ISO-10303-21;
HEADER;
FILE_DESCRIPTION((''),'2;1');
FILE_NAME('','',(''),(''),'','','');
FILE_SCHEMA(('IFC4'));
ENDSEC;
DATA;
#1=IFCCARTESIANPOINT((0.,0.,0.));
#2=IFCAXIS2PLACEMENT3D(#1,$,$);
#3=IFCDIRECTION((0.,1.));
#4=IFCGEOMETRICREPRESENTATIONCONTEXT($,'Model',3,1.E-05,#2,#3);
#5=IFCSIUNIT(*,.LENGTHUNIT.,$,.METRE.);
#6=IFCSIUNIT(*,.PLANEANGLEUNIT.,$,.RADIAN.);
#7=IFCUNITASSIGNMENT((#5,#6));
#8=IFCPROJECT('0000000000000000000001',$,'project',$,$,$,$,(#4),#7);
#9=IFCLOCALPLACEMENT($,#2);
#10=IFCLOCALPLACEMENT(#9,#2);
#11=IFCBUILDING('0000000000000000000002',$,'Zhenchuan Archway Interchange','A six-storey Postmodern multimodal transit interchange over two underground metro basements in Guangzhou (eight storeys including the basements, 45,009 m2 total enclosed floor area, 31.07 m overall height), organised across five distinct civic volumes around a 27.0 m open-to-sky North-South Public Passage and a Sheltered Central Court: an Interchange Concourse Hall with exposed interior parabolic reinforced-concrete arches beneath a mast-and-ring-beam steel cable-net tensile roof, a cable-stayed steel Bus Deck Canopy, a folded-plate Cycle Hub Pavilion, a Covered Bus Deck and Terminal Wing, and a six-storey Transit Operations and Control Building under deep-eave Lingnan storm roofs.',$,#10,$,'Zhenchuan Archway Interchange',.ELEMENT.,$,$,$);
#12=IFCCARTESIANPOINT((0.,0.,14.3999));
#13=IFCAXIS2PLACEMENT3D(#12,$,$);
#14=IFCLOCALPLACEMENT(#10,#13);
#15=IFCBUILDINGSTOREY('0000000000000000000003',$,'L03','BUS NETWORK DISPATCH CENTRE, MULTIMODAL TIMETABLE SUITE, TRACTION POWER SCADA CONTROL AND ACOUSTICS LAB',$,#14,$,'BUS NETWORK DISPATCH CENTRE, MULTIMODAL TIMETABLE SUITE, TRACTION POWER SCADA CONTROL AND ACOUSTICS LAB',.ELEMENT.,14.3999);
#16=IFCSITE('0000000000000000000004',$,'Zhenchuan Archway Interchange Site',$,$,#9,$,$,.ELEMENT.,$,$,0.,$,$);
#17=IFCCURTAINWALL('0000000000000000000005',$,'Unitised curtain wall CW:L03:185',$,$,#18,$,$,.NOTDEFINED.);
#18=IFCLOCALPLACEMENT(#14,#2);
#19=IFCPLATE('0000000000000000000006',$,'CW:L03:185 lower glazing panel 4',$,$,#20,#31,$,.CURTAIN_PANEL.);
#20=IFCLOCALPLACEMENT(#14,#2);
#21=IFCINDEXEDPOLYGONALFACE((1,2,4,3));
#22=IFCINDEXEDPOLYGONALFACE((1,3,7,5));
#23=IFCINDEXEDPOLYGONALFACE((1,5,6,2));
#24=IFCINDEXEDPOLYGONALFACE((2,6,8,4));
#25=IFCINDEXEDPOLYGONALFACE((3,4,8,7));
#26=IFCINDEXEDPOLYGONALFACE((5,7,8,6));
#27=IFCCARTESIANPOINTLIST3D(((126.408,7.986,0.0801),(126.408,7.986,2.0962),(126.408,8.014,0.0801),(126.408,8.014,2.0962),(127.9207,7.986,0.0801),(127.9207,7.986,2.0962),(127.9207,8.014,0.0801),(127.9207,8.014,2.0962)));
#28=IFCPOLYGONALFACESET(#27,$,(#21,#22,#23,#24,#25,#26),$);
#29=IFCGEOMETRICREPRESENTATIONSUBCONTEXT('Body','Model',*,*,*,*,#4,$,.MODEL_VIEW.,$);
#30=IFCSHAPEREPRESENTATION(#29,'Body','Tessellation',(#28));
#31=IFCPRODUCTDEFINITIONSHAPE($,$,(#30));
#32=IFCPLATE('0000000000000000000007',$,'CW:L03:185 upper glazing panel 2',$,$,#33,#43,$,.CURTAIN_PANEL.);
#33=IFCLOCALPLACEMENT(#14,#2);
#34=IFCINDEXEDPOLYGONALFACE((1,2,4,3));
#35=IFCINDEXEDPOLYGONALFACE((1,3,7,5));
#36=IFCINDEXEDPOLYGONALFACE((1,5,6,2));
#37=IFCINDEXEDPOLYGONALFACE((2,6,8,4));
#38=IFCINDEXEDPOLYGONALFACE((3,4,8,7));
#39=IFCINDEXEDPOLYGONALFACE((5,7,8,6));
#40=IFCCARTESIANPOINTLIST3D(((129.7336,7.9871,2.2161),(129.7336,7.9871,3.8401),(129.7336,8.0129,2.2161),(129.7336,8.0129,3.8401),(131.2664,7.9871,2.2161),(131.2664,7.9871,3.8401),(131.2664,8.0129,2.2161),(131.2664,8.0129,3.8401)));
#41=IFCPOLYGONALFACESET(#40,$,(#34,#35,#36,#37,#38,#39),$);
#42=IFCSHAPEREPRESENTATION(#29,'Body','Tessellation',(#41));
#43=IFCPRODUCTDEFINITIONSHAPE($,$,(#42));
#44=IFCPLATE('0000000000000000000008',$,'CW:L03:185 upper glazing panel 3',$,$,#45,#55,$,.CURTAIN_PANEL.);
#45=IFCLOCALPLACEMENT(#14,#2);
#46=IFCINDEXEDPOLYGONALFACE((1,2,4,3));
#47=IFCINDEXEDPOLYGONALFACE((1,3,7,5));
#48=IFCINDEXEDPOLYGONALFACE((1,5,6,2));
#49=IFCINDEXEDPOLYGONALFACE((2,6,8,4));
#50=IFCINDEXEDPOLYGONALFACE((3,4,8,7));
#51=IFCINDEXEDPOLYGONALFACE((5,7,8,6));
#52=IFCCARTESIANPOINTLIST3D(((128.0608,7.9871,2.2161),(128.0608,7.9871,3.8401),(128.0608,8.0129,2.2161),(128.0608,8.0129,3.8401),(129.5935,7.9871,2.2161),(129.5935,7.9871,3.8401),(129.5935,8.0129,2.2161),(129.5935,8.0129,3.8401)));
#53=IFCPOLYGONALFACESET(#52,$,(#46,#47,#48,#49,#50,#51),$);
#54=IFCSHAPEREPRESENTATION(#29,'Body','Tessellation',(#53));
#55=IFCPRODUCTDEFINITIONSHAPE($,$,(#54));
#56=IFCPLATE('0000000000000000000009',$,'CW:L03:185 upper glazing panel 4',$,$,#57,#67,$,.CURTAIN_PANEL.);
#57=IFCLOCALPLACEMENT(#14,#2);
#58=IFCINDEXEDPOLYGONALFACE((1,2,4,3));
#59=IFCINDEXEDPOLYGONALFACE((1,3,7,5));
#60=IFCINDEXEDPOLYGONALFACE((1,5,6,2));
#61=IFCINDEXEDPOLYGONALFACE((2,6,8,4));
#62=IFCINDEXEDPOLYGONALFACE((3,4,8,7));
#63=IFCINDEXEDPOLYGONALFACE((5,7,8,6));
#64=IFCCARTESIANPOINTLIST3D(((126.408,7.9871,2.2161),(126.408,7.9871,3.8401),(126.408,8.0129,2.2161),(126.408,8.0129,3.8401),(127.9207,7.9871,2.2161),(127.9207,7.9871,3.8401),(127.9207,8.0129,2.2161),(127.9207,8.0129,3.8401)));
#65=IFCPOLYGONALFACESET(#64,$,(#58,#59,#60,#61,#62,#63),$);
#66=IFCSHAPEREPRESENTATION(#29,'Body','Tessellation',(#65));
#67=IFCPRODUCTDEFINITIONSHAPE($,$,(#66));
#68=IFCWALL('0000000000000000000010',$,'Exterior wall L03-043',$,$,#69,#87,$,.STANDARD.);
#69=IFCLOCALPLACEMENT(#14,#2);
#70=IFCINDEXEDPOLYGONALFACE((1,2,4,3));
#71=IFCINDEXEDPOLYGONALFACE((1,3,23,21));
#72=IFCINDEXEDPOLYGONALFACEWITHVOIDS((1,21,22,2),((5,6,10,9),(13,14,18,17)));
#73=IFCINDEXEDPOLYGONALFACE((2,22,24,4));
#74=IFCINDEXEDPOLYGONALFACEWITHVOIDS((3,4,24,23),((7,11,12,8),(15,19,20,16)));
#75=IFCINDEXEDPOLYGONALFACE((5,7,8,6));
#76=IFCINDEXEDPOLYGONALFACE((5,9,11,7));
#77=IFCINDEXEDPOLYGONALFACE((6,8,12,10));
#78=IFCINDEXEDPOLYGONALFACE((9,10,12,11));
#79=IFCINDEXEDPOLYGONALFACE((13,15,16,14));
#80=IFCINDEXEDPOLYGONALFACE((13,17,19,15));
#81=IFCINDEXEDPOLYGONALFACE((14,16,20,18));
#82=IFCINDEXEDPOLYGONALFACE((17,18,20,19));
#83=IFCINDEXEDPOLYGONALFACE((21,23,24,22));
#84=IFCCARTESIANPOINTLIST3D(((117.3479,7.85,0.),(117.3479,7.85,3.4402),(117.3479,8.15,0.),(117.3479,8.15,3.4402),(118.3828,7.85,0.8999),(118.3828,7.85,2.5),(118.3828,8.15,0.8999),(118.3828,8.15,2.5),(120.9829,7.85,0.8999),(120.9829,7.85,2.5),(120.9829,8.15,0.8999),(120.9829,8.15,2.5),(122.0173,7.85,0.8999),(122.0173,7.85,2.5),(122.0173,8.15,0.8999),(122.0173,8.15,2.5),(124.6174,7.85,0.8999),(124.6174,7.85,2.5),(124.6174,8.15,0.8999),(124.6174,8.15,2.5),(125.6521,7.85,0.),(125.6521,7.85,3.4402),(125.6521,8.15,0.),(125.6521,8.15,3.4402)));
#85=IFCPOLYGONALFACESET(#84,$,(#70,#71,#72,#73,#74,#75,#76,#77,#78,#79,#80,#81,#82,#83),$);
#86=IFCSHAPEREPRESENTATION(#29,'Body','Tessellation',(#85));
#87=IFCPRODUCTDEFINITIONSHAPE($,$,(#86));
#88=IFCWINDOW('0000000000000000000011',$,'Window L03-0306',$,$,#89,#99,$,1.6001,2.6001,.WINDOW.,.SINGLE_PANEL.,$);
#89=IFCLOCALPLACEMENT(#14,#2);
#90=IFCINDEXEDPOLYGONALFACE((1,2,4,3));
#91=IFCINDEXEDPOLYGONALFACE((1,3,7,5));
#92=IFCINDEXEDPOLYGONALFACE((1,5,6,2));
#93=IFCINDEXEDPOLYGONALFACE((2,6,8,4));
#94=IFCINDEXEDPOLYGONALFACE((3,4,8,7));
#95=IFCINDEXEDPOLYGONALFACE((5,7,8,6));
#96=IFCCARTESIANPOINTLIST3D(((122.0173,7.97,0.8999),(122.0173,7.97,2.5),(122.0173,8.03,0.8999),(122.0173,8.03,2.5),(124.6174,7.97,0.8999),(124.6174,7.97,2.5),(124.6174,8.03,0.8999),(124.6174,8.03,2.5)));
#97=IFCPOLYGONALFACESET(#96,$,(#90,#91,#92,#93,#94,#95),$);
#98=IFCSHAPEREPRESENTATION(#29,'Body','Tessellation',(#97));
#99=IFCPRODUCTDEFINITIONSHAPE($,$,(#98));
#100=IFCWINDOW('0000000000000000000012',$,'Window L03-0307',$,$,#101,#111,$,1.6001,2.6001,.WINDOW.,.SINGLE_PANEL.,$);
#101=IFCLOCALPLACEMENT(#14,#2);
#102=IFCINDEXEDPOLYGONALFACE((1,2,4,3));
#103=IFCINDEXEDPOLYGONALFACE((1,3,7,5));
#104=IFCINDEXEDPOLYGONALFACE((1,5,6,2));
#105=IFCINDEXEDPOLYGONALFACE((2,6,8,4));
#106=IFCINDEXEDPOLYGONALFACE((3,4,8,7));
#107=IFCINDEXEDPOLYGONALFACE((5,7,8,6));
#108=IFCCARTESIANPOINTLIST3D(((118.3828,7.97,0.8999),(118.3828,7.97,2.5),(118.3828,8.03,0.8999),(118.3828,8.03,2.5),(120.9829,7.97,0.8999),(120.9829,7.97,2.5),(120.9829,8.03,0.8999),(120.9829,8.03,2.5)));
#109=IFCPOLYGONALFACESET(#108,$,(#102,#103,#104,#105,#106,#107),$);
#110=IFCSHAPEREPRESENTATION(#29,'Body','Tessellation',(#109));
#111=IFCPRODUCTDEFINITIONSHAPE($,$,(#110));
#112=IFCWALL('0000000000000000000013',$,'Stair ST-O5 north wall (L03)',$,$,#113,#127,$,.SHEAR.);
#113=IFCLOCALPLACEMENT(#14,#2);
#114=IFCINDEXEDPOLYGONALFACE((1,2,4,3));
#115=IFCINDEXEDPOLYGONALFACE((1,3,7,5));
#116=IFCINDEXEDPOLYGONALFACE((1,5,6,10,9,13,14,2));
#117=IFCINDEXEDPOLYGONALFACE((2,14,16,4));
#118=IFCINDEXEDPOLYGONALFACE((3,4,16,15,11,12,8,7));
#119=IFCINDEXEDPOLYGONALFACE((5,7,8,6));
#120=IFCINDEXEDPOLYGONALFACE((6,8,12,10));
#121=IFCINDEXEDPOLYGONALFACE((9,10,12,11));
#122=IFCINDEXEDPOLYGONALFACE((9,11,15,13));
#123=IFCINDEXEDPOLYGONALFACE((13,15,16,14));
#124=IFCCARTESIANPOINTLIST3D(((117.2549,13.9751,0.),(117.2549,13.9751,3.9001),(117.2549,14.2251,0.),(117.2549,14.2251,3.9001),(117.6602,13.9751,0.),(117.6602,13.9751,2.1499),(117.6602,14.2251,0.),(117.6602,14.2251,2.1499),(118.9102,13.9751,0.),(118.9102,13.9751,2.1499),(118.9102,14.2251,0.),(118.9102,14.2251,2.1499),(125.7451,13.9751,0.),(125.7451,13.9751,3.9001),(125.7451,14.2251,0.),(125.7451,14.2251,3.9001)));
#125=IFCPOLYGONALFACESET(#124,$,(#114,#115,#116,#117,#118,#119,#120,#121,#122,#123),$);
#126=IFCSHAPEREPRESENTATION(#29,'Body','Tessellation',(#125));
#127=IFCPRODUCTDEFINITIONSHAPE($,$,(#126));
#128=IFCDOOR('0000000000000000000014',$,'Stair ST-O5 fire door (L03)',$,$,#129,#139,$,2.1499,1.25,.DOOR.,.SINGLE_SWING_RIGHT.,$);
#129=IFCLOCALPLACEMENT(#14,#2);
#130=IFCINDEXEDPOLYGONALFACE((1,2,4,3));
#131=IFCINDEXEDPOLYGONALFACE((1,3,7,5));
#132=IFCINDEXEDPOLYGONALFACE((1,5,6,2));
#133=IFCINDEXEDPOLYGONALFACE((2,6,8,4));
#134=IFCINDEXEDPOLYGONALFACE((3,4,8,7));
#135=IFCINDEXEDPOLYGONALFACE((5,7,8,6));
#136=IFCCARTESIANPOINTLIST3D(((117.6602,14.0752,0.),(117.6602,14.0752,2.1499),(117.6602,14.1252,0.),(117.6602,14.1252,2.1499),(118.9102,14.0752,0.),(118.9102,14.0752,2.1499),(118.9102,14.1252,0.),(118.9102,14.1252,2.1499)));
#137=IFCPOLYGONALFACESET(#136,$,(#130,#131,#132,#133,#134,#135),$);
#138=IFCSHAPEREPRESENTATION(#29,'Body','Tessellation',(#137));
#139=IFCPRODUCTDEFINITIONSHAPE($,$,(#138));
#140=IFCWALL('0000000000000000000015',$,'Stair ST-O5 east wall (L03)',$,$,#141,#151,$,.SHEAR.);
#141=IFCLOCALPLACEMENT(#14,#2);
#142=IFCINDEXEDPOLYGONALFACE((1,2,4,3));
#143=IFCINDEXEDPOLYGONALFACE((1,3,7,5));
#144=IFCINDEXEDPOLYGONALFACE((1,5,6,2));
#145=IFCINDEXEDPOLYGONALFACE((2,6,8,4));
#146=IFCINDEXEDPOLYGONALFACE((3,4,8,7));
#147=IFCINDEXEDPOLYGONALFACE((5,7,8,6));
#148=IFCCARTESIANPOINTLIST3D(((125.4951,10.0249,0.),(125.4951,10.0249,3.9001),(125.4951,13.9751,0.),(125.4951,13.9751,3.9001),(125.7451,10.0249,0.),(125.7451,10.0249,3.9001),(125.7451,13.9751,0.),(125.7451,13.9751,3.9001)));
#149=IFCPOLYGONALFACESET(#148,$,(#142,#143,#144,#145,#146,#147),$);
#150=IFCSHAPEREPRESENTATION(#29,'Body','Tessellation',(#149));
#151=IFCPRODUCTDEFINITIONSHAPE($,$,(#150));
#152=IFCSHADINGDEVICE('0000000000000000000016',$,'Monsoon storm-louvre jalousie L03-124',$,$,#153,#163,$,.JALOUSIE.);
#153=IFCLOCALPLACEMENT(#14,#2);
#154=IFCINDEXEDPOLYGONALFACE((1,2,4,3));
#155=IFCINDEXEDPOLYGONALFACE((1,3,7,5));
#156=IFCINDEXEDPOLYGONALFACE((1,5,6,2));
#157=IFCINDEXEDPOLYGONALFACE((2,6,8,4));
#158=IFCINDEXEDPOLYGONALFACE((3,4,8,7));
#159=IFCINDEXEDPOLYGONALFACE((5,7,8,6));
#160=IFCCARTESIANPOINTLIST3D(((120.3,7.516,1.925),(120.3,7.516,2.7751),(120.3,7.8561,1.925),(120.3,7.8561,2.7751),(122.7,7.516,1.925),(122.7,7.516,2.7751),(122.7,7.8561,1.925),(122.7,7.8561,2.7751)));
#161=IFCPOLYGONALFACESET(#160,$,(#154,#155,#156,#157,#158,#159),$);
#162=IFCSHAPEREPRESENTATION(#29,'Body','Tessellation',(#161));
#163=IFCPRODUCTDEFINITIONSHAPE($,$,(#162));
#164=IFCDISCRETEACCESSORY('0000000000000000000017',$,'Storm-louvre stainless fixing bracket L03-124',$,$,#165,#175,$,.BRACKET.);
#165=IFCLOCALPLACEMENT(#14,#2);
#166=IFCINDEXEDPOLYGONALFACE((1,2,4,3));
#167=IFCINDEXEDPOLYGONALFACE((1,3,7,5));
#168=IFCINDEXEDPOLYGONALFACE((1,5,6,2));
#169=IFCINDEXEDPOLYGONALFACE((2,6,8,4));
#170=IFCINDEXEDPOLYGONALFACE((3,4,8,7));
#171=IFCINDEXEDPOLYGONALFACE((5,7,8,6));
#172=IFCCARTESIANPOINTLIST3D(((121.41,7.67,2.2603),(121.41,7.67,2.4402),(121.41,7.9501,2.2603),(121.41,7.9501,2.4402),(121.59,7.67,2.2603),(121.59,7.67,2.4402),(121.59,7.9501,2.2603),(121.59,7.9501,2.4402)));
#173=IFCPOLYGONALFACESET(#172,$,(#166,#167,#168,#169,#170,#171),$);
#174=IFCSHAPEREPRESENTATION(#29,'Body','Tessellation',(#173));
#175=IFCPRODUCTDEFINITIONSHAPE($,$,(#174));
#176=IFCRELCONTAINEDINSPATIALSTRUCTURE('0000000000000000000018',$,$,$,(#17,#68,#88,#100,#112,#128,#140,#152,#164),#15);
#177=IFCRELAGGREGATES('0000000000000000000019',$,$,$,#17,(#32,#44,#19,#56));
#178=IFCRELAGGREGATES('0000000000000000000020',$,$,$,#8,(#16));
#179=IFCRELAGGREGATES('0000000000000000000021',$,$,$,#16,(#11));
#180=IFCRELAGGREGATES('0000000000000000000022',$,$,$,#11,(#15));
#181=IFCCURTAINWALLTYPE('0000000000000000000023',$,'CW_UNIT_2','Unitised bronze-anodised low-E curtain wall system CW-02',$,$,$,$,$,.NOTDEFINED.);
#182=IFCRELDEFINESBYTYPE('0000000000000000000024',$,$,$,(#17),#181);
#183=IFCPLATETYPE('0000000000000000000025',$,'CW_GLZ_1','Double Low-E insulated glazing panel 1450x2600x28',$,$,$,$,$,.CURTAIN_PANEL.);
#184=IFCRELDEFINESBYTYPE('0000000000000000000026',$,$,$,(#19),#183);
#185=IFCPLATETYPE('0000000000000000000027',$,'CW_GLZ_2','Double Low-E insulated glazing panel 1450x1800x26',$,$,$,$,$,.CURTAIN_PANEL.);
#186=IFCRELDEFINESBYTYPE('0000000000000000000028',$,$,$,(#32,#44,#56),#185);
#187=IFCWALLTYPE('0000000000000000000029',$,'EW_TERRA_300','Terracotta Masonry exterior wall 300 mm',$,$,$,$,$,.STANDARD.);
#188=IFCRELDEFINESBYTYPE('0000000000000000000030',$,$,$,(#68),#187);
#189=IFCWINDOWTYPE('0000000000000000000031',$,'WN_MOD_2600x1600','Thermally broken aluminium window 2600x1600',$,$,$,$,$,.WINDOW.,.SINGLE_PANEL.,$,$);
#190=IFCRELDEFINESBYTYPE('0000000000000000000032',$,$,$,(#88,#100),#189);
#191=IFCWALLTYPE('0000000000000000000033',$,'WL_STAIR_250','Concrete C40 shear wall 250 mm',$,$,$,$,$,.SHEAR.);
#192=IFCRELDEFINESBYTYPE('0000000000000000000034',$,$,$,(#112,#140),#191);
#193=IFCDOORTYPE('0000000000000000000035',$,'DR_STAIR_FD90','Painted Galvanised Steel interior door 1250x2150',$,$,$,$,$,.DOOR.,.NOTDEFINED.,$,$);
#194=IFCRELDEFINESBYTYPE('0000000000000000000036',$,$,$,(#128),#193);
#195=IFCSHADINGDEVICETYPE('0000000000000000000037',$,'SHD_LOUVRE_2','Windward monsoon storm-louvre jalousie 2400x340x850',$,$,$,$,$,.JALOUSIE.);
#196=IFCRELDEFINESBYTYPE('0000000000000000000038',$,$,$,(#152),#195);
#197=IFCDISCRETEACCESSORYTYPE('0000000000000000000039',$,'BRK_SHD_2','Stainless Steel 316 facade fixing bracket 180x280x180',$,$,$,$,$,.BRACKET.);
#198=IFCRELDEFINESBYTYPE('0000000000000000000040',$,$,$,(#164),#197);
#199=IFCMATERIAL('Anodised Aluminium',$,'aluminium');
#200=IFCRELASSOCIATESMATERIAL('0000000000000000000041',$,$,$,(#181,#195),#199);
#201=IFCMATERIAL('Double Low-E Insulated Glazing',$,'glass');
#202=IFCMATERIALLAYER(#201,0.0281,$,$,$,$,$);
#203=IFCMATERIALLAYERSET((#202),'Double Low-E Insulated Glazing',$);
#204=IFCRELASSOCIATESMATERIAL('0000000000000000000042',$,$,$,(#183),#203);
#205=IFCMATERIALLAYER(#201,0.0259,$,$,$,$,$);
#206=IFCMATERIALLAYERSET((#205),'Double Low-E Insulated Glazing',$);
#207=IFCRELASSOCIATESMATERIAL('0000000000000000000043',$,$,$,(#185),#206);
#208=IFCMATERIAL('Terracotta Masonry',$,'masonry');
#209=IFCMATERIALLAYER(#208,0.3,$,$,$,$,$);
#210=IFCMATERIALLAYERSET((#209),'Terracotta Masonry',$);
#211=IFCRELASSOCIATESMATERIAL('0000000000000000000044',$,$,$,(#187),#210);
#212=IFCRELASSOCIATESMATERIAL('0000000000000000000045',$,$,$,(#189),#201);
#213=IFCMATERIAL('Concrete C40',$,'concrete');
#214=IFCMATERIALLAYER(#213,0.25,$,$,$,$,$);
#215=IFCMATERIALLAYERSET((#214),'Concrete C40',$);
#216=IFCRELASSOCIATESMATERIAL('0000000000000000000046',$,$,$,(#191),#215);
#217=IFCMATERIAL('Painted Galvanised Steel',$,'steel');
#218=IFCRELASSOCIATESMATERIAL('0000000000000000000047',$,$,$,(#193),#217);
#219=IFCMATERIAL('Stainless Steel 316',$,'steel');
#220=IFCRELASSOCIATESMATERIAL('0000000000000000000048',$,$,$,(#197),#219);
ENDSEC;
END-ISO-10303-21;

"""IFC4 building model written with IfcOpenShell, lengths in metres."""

from ifc_helpers import new_model, si_unit, direction, frame, frame_2d, origin, origin_2d, place, context, subcontext, project, spatial, rectangle, extrude, material, layer, layer_set, type_object, element, fill, aggregate, save


model = new_model("IFC4")

# Units and contexts
model_context = context("Model", 3, precision=1e-05, world=origin(), true_north=direction((0.0, 1.0)))
body_context = subcontext(model_context, "Body", "Model", "MODEL_VIEW")
ifc_project = project(units=[si_unit("LENGTHUNIT", "METRE"), si_unit("PLANEANGLEUNIT", "RADIAN")], contexts=[model_context])

# Site, building, storey
site_placement = place(None, origin())
site = spatial("IfcSite", under=ifc_project, at=site_placement, Name="Zhenchuan Archway Interchange Site", CompositionType="ELEMENT", RefElevation=0.0)
building_placement = place(site_placement, origin())
building = spatial("IfcBuilding", under=site, at=building_placement, Name="Zhenchuan Archway Interchange", Description="A six-storey Postmodern multimodal transit interchange over two underground metro basements in Guangzhou (eight storeys including the basements, 45,009 m2 total enclosed floor area, 31.07 m overall height), organised across five distinct civic volumes around a 27.0 m open-to-sky North-South Public Passage and a Sheltered Central Court: an Interchange Concourse Hall with exposed interior parabolic reinforced-concrete arches beneath a mast-and-ring-beam steel cable-net tensile roof, a cable-stayed steel Bus Deck Canopy, a folded-plate Cycle Hub Pavilion, a Covered Bus Deck and Terminal Wing, and a six-storey Transit Operations and Control Building under deep-eave Lingnan storm roofs.", LongName="Zhenchuan Archway Interchange", CompositionType="ELEMENT")
storey_placement = place(building_placement, frame((0.0, 0.0, 14.3999)))
storey = spatial("IfcBuildingStorey", under=building, at=storey_placement, Name="L03", Description="BUS NETWORK DISPATCH CENTRE, MULTIMODAL TIMETABLE SUITE, TRACTION POWER SCADA CONTROL AND ACOUSTICS LAB", LongName="BUS NETWORK DISPATCH CENTRE, MULTIMODAL TIMETABLE SUITE, TRACTION POWER SCADA CONTROL AND ACOUSTICS LAB", CompositionType="ELEMENT", Elevation=14.3999)

# Shared definitions
ifc_material_1 = material(Name="Concrete C40", Category="concrete")

# Curtain wall
ifc_material_2 = material(Name="Anodised Aluminium", Category="aluminium")
curtain_wall_type = type_object("IfcCurtainWallType", Name="CW_UNIT_2", Description="Unitised bronze-anodised low-E curtain wall system CW-02", PredefinedType="NOTDEFINED", material=ifc_material_2)
curtain_wall_placement = place(storey_placement, origin())
curtain_wall = element("IfcCurtainWall", 1, at=curtain_wall_placement, inside=storey, type_object=curtain_wall_type, Name="Unitised curtain wall CW:L03:185", PredefinedType="NOTDEFINED")

# Plates
ifc_material_3 = material(Name="Double Low-E Insulated Glazing", Category="glass")
ifc_layer_1 = layer(ifc_material_3, 0.0281)
ifc_layer_set_1 = layer_set([ifc_layer_1], Name="Double Low-E Insulated Glazing")
plate_type_1 = type_object("IfcPlateType", Name="CW_GLZ_1", Description="Double Low-E insulated glazing panel 1450x2600x28", PredefinedType="CURTAIN_PANEL", material=ifc_layer_set_1)
plate_1_placement = place(storey_placement, frame((127.1643, 8.0, 0.0801), z_axis=(0.0, 0.0, 1.0), x_axis=(-1.0, 0.0, 0.0)))
plate_1 = element("IfcPlate", 2, at=plate_1_placement, type_object=plate_type_1, Name="CW:L03:185 lower glazing panel 4", PredefinedType="CURTAIN_PANEL", context=body_context, shape_type="SweptSolid", body=[
    extrude(rectangle(XDim=1.5127, YDim=0.0281, at=origin_2d()), origin(), (0.0, 0.0, 1.0), 2.0161),
])
ifc_layer_2 = layer(ifc_material_3, 0.0259)
ifc_layer_set_2 = layer_set([ifc_layer_2], Name="Double Low-E Insulated Glazing")
plate_type_2 = type_object("IfcPlateType", Name="CW_GLZ_2", Description="Double Low-E insulated glazing panel 1450x1800x26", PredefinedType="CURTAIN_PANEL", material=ifc_layer_set_2)
plate_2_placement = place(storey_placement, frame((130.5, 8.0, 2.2161), z_axis=(0.0, 0.0, 1.0), x_axis=(-1.0, 0.0, 0.0)))
plate_2 = element("IfcPlate", 3, at=plate_2_placement, type_object=plate_type_2, Name="CW:L03:185 upper glazing panel 2", PredefinedType="CURTAIN_PANEL", context=body_context, shape_type="SweptSolid", body=[
    extrude(rectangle(XDim=1.5327, YDim=0.0259, at=origin_2d()), origin(), (0.0, 0.0, 1.0), 1.624),
])
plate_3_placement = place(storey_placement, frame((128.8271, 8.0, 2.2161), z_axis=(0.0, 0.0, 1.0), x_axis=(-1.0, 0.0, 0.0)))
plate_3 = element("IfcPlate", 4, at=plate_3_placement, type_object=plate_type_2, Name="CW:L03:185 upper glazing panel 3", PredefinedType="CURTAIN_PANEL", context=body_context, shape_type="SweptSolid", body=[
    extrude(rectangle(XDim=1.5327, YDim=0.0259, at=origin_2d()), origin(), (0.0, 0.0, 1.0), 1.624),
])
plate_4_placement = place(storey_placement, frame((127.1643, 8.0, 2.2161), z_axis=(0.0, 0.0, 1.0), x_axis=(-1.0, 0.0, 0.0)))
plate_4 = element("IfcPlate", 5, at=plate_4_placement, type_object=plate_type_2, Name="CW:L03:185 upper glazing panel 4", PredefinedType="CURTAIN_PANEL", context=body_context, shape_type="SweptSolid", body=[
    extrude(rectangle(XDim=1.5127, YDim=0.0259, at=origin_2d()), origin(), (0.0, 0.0, 1.0), 1.624),
])
aggregate(curtain_wall, [plate_2, plate_3, plate_1, plate_4])

# Wall, openings, windows
ifc_material_4 = material(Name="Terracotta Masonry", Category="masonry")
ifc_layer_3 = layer(ifc_material_4, 0.3)
ifc_layer_set_3 = layer_set([ifc_layer_3], Name="Terracotta Masonry")
wall_type_1 = type_object("IfcWallType", Name="EW_TERRA_300", Description="Terracotta Masonry exterior wall 300 mm", PredefinedType="STANDARD", material=ifc_layer_set_3)
wall_1_placement = place(storey_placement, frame((125.6521, 8.0, 0.0), z_axis=(0.0, 0.0, 1.0), x_axis=(-1.0, 0.0, 0.0)))
wall_1 = element("IfcWall", 6, at=wall_1_placement, inside=storey, type_object=wall_type_1, Name="Exterior wall L03-043", PredefinedType="STANDARD", context=body_context, shape_type="SweptSolid", body=[
    extrude(rectangle(XDim=8.3042, YDim=0.3, at=frame_2d((4.1521, 0.0))), origin(), (0.0, 0.0, 1.0), 3.4402),
])
opening_1_placement = place(wall_1_placement, frame((1.0347, 0.0, 0.8999)))
opening_1 = element("IfcOpeningElement", 7, at=opening_1_placement, cuts=wall_1, PredefinedType="OPENING", context=body_context, shape_type="SweptSolid", body=[
    extrude(rectangle(XDim=2.6001, YDim=1.6001, at=frame_2d((1.3, 0.8))), frame((0.0, 0.1621, 0.0), z_axis=(0.0, -1.0, 0.0), x_axis=(1.0, 0.0, 0.0)), (0.0, 0.0, 1.0), 0.324),
])
opening_2_placement = place(wall_1_placement, frame((4.6692, 0.0, 0.8999)))
opening_2 = element("IfcOpeningElement", 8, at=opening_2_placement, cuts=wall_1, PredefinedType="OPENING", context=body_context, shape_type="SweptSolid", body=[
    extrude(rectangle(XDim=2.6001, YDim=1.6001, at=frame_2d((1.3, 0.8))), frame((0.0, 0.1621, 0.0), z_axis=(0.0, -1.0, 0.0), x_axis=(1.0, 0.0, 0.0)), (0.0, 0.0, 1.0), 0.324),
])
window_type = type_object("IfcWindowType", Name="WN_MOD_2600x1600", Description="Thermally broken aluminium window 2600x1600", PartitioningType="SINGLE_PANEL", PredefinedType="WINDOW", material=ifc_material_3)
window_1_placement = place(opening_1_placement, origin())
window_1 = element("IfcWindow", 9, at=window_1_placement, inside=storey, type_object=window_type, Name="Window L03-0306", OverallHeight=1.6001, OverallWidth=2.6001, PartitioningType="SINGLE_PANEL", PredefinedType="WINDOW", context=body_context, shape_type="SweptSolid", body=[
    extrude(rectangle(XDim=2.6001, YDim=1.6001, at=frame_2d((1.3, 0.8))), frame((0.0, 0.03, 0.0), z_axis=(0.0, -1.0, 0.0), x_axis=(1.0, 0.0, 0.0)), (0.0, 0.0, 1.0), 0.0601),
])
fill(opening_1, window_1)
window_2_placement = place(opening_2_placement, origin())
window_2 = element("IfcWindow", 10, at=window_2_placement, inside=storey, type_object=window_type, Name="Window L03-0307", OverallHeight=1.6001, OverallWidth=2.6001, PartitioningType="SINGLE_PANEL", PredefinedType="WINDOW", context=body_context, shape_type="SweptSolid", body=[
    extrude(rectangle(XDim=2.6001, YDim=1.6001, at=frame_2d((1.3, 0.8))), frame((0.0, 0.03, 0.0), z_axis=(0.0, -1.0, 0.0), x_axis=(1.0, 0.0, 0.0)), (0.0, 0.0, 1.0), 0.0601),
])
fill(opening_2, window_2)

# Wall, opening, door
ifc_layer_4 = layer(ifc_material_1, 0.25)
ifc_layer_set_4 = layer_set([ifc_layer_4], Name="Concrete C40")
wall_type_2 = type_object("IfcWallType", Name="WL_STAIR_250", Description="Concrete C40 shear wall 250 mm", PredefinedType="SHEAR", material=ifc_layer_set_4)
wall_2_placement = place(storey_placement, frame((125.7451, 14.1001, 0.0), z_axis=(0.0, 0.0, 1.0), x_axis=(-1.0, 0.0, 0.0)))
wall_2 = element("IfcWall", 11, at=wall_2_placement, inside=storey, type_object=wall_type_2, Name="Stair ST-O5 north wall (L03)", PredefinedType="SHEAR", context=body_context, shape_type="SweptSolid", body=[
    extrude(rectangle(XDim=8.4902, YDim=0.25, at=frame_2d((4.2451, 0.0))), origin(), (0.0, 0.0, 1.0), 3.9001),
])
opening_3_placement = place(wall_2_placement, frame((6.835, 0.0, 0.0)))
opening_3 = element("IfcOpeningElement", 12, at=opening_3_placement, cuts=wall_2, PredefinedType="OPENING", context=body_context, shape_type="SweptSolid", body=[
    extrude(rectangle(XDim=1.25, YDim=2.1499, at=frame_2d((0.625, 1.075))), frame((0.0, 0.137, 0.0), z_axis=(0.0, -1.0, 0.0), x_axis=(1.0, 0.0, 0.0)), (0.0, 0.0, 1.0), 0.2739),
])
ifc_material_5 = material(Name="Painted Galvanised Steel", Category="steel")
door_type = type_object("IfcDoorType", Name="DR_STAIR_FD90", Description="Painted Galvanised Steel interior door 1250x2150", OperationType="NOTDEFINED", PredefinedType="DOOR", material=ifc_material_5)
door_placement = place(opening_3_placement, origin())
door = element("IfcDoor", 13, at=door_placement, inside=storey, type_object=door_type, Name="Stair ST-O5 fire door (L03)", OperationType="SINGLE_SWING_RIGHT", OverallHeight=2.1499, OverallWidth=1.25, PredefinedType="DOOR", context=body_context, shape_type="SweptSolid", body=[
    extrude(rectangle(XDim=1.25, YDim=2.1499, at=frame_2d((0.625, 1.075))), frame((0.0, 0.0249, 0.0), z_axis=(0.0, -1.0, 0.0), x_axis=(1.0, 0.0, 0.0)), (0.0, 0.0, 1.0), 0.05),
])
fill(opening_3, door)

# Wall
wall_3_placement = place(storey_placement, frame((125.6201, 10.0249, 0.0), z_axis=(0.0, 0.0, 1.0), x_axis=(0.0, 1.0, 0.0)))
element("IfcWall", 14, at=wall_3_placement, inside=storey, type_object=wall_type_2, Name="Stair ST-O5 east wall (L03)", PredefinedType="SHEAR", context=body_context, shape_type="SweptSolid", body=[
    extrude(rectangle(XDim=3.9502, YDim=0.25, at=frame_2d((1.9751, 0.0))), origin(), (0.0, 0.0, 1.0), 3.9001),
])

# Shading device
shading_device_type = type_object("IfcShadingDeviceType", Name="SHD_LOUVRE_2", Description="Windward monsoon storm-louvre jalousie 2400x340x850", PredefinedType="JALOUSIE", material=ifc_material_2)
shading_device_placement = place(storey_placement, frame((121.5, 7.686, 1.925), z_axis=(0.0, 0.0, 1.0), x_axis=(-1.0, 0.0, 0.0)))
element("IfcShadingDevice", 15, at=shading_device_placement, inside=storey, type_object=shading_device_type, Name="Monsoon storm-louvre jalousie L03-124", PredefinedType="JALOUSIE", context=body_context, shape_type="SweptSolid", body=[
    extrude(rectangle(XDim=2.3999, YDim=0.3401, at=origin_2d()), origin(), (0.0, 0.0, 1.0), 0.8501),
])

# Discrete accessory
ifc_material_6 = material(Name="Stainless Steel 316", Category="steel")
discrete_accessory_type = type_object("IfcDiscreteAccessoryType", Name="BRK_SHD_2", Description="Stainless Steel 316 facade fixing bracket 180x280x180", PredefinedType="BRACKET", material=ifc_material_6)
discrete_accessory_placement = place(storey_placement, frame((121.5, 7.8101, 2.2603), z_axis=(0.0, 0.0, 1.0), x_axis=(-1.0, 0.0, 0.0)))
element("IfcDiscreteAccessory", 16, at=discrete_accessory_placement, inside=storey, type_object=discrete_accessory_type, Name="Storm-louvre stainless fixing bracket L03-124", PredefinedType="BRACKET", context=body_context, shape_type="SweptSolid", body=[
    extrude(rectangle(XDim=0.1799, YDim=0.28, at=origin_2d()), origin(), (0.0, 0.0, 1.0), 0.1799),
])

save(model, "model.ifc")
